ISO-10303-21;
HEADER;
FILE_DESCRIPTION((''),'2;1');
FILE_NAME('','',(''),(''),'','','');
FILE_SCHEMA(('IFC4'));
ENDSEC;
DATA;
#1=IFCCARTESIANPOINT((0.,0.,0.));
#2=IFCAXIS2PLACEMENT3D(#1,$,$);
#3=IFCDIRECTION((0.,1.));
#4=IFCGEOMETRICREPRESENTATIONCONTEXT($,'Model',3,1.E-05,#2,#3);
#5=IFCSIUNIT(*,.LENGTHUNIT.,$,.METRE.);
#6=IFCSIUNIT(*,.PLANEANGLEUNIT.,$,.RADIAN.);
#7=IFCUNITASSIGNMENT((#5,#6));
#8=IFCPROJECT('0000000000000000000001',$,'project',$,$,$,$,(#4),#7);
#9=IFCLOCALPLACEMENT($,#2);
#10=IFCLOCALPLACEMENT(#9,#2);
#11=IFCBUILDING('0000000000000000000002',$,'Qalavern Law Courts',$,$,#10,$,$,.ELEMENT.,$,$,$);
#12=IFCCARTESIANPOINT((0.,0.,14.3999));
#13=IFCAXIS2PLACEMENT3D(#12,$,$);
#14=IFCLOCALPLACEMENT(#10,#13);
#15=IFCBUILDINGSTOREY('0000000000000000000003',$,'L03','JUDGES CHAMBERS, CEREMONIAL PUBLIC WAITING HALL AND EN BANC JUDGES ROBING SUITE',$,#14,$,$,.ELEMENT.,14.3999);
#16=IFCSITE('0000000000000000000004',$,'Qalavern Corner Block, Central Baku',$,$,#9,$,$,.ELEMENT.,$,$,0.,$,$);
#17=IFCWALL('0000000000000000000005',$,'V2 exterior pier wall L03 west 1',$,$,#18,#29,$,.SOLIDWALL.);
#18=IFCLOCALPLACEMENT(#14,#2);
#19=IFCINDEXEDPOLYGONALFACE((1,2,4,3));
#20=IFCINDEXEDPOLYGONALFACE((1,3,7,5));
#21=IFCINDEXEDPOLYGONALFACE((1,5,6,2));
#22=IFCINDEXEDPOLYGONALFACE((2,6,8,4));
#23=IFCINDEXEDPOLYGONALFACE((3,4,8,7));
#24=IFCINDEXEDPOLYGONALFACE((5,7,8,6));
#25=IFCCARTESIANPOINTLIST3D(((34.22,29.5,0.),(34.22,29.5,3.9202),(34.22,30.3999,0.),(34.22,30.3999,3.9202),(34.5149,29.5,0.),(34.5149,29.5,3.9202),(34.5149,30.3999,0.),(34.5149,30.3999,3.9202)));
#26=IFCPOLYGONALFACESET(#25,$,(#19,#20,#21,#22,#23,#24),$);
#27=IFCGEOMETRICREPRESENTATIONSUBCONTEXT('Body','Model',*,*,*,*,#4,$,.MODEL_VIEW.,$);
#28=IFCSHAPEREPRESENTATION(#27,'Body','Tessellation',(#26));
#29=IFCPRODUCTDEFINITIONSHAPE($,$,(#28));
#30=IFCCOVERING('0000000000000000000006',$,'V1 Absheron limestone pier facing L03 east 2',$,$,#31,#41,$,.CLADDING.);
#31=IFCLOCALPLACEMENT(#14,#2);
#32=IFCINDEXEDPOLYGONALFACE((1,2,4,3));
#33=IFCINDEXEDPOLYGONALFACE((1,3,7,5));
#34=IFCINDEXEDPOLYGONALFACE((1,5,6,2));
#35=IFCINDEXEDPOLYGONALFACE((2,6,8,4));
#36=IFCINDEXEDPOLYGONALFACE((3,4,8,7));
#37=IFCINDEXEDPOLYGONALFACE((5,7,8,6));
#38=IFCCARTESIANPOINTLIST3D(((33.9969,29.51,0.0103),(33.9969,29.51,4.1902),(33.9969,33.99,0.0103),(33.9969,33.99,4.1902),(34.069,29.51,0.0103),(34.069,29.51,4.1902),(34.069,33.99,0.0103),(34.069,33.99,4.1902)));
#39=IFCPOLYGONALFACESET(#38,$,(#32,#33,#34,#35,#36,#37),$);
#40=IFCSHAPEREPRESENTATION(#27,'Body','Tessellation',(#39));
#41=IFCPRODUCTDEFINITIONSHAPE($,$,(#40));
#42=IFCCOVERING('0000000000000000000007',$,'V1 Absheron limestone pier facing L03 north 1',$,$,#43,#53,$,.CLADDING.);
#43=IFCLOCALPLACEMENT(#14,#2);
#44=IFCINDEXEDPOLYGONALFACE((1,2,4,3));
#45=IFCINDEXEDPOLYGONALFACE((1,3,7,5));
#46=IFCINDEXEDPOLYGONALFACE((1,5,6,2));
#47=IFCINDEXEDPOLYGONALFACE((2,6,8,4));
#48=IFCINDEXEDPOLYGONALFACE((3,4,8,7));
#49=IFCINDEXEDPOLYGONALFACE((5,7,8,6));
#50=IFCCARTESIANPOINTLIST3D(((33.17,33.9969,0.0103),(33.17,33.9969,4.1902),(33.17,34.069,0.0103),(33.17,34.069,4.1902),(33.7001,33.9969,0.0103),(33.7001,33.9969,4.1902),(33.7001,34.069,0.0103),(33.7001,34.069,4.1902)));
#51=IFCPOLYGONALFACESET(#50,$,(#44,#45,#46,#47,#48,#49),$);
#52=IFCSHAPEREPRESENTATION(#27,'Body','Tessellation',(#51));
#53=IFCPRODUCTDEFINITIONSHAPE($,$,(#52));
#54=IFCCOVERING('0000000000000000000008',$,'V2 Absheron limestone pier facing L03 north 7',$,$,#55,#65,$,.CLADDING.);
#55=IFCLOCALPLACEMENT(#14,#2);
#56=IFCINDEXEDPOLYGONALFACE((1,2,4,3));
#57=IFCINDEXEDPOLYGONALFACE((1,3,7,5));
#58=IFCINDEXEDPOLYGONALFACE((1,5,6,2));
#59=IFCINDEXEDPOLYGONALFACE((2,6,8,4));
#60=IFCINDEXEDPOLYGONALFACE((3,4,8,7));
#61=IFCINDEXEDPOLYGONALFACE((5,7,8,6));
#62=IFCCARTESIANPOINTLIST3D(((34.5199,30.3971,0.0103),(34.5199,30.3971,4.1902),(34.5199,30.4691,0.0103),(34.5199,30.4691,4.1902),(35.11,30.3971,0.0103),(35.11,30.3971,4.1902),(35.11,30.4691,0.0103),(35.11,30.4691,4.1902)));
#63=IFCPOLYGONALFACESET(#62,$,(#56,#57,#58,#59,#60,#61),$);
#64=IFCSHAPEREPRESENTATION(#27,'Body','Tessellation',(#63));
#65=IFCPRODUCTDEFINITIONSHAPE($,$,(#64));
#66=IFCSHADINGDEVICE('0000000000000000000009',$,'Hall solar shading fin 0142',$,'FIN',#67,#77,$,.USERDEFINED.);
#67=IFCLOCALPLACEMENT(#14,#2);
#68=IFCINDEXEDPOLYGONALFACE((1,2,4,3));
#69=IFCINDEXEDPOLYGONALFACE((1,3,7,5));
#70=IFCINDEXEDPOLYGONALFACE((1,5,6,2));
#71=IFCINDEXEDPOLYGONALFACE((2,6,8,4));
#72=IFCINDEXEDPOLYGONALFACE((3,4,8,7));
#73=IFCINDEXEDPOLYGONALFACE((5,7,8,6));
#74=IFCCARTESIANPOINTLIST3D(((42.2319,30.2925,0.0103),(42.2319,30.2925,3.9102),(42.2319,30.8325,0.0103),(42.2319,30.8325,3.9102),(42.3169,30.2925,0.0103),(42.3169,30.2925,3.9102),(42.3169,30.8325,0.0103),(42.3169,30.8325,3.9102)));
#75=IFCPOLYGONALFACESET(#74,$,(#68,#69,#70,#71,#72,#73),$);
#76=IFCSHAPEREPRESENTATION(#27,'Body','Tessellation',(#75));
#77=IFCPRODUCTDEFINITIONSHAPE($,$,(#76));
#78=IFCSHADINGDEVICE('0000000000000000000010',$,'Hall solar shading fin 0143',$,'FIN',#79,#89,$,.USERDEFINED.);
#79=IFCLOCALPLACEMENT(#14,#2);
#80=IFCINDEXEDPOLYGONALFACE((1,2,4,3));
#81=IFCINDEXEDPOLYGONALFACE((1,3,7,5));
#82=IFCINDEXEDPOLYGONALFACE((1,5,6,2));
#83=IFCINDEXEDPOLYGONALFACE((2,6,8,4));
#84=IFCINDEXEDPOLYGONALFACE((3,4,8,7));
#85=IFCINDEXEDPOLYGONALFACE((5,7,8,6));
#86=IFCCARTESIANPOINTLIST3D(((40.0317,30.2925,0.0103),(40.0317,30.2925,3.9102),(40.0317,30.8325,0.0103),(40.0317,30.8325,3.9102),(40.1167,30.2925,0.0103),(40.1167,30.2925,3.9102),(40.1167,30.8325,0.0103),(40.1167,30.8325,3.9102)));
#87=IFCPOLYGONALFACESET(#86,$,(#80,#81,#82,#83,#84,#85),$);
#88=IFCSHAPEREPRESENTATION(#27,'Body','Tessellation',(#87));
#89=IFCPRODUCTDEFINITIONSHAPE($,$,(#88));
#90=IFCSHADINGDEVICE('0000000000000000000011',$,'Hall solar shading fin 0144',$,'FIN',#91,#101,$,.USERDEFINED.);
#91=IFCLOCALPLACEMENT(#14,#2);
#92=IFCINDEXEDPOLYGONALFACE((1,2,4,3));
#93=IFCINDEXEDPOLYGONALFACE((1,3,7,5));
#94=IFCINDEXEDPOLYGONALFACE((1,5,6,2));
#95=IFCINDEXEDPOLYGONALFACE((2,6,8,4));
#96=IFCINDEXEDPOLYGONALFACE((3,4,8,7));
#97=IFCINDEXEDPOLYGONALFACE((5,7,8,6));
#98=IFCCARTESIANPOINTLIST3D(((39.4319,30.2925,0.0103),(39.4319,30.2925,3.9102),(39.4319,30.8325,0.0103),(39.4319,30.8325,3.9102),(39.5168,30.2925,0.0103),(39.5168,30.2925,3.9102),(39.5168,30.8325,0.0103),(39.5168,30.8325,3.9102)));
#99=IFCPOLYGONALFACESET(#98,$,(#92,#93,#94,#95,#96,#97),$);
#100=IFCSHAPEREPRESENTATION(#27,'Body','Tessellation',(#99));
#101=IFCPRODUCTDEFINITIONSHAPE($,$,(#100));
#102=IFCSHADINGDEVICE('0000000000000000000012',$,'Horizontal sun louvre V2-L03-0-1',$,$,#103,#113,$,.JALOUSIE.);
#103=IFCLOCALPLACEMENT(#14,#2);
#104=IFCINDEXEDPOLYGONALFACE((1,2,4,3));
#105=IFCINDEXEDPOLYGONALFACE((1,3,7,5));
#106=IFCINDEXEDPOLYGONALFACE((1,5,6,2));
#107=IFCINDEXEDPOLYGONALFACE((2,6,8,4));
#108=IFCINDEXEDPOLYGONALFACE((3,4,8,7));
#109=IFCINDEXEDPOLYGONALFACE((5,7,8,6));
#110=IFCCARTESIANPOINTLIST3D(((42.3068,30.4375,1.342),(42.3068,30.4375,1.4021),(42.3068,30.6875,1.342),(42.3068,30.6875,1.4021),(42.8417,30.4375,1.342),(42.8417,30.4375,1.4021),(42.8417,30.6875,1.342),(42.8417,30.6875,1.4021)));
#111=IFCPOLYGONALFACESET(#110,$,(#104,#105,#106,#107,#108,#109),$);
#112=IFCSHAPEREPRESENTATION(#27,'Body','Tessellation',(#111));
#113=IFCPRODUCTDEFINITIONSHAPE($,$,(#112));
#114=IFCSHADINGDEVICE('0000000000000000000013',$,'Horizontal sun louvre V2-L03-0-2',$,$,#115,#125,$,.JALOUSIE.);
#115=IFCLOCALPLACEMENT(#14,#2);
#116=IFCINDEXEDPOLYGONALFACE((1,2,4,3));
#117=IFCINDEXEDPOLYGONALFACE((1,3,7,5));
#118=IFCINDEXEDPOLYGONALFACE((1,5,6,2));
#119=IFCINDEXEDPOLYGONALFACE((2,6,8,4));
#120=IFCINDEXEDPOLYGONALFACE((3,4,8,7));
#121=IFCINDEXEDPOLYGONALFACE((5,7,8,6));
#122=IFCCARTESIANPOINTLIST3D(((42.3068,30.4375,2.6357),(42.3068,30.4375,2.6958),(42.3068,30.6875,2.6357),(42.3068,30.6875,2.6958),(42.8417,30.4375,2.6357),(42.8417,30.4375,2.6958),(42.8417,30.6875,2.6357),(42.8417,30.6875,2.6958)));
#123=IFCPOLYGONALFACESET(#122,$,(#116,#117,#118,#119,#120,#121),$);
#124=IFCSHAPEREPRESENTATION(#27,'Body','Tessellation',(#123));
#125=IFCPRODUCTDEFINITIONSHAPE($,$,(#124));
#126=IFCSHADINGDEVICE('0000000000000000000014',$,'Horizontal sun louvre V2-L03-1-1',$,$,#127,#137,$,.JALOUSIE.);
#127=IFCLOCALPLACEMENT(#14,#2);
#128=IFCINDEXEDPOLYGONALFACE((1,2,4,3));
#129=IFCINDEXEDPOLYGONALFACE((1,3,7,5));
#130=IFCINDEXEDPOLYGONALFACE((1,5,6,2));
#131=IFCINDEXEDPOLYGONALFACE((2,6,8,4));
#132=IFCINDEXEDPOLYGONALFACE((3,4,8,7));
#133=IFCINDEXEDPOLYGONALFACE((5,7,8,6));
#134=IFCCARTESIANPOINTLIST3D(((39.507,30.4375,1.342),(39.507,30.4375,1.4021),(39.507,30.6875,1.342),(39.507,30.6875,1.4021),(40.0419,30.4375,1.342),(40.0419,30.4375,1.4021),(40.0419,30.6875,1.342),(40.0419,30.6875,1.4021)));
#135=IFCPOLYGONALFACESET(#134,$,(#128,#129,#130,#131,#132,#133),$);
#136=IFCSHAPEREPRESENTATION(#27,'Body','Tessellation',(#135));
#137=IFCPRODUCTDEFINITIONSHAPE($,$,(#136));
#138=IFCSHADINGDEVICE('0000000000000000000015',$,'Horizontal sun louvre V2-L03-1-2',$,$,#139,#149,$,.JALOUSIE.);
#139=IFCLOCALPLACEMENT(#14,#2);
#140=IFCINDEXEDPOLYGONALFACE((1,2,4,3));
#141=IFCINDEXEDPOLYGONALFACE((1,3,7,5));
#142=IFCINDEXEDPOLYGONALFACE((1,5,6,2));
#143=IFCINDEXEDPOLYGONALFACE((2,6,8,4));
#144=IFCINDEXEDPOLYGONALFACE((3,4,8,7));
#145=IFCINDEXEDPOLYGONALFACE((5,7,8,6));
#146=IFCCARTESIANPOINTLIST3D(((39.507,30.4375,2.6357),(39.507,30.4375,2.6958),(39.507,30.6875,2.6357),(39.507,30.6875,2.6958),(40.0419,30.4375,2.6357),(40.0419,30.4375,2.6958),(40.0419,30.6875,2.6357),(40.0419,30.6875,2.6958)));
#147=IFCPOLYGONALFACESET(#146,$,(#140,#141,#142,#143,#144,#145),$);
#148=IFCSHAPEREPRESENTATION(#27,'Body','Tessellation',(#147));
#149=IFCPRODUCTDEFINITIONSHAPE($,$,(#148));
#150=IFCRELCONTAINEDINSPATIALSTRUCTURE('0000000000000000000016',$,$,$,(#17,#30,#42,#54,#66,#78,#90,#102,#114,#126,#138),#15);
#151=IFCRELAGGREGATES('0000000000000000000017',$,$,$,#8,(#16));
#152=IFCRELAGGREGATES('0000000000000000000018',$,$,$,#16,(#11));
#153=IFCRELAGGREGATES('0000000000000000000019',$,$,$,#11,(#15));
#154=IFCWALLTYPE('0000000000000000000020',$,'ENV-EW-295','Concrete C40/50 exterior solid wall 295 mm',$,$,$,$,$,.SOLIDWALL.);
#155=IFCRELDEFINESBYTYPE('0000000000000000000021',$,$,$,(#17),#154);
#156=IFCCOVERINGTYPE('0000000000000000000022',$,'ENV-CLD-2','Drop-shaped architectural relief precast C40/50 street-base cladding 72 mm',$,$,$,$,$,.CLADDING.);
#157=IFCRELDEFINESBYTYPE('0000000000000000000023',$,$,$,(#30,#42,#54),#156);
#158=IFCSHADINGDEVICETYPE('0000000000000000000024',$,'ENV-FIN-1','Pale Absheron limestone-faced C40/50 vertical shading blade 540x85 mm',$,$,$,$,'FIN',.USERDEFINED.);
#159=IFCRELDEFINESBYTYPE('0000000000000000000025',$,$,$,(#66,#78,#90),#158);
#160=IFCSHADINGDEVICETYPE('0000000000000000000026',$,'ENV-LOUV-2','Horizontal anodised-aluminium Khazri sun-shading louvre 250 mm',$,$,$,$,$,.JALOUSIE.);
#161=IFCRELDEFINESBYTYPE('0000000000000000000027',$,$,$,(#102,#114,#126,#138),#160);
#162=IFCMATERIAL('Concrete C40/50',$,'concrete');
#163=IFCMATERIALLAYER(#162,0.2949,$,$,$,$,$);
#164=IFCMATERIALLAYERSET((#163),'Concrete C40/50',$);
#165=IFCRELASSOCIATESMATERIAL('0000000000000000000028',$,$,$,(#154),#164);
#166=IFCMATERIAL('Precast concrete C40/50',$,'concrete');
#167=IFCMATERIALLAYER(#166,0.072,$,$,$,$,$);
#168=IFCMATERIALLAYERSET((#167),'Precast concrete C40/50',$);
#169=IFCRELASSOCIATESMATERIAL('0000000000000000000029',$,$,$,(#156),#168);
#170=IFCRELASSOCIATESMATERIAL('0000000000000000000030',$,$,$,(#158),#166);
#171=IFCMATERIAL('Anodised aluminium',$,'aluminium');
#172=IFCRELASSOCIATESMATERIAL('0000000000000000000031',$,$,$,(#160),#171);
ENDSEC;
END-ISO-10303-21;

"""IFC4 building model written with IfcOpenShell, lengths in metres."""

from ifc_helpers import new_model, si_unit, direction, frame, frame_2d, origin, origin_2d, place, context, subcontext, project, spatial, rectangle, extrude, material, layer, layer_set, type_object, element, save


model = new_model("IFC4")

# Units and contexts
model_context = context("Model", 3, precision=1e-05, world=origin(), true_north=direction((0.0, 1.0)))
body_context = subcontext(model_context, "Body", "Model", "MODEL_VIEW")
ifc_project = project(units=[si_unit("LENGTHUNIT", "METRE"), si_unit("PLANEANGLEUNIT", "RADIAN")], contexts=[model_context])

# Site, building, storey
site_placement = place(None, origin())
site = spatial("IfcSite", under=ifc_project, at=site_placement, Name="Qalavern Corner Block, Central Baku", CompositionType="ELEMENT", RefElevation=0.0)
building_placement = place(site_placement, origin())
building = spatial("IfcBuilding", under=site, at=building_placement, Name="Qalavern Law Courts", CompositionType="ELEMENT")
storey_placement = place(building_placement, frame((0.0, 0.0, 14.3999)))
storey = spatial("IfcBuildingStorey", under=building, at=storey_placement, Name="L03", Description="JUDGES CHAMBERS, CEREMONIAL PUBLIC WAITING HALL AND EN BANC JUDGES ROBING SUITE", CompositionType="ELEMENT", Elevation=14.3999)

# Shared definitions
ifc_material_1 = material(Name="Anodised aluminium", Category="aluminium")

# Wall
ifc_material_2 = material(Name="Concrete C40/50", Category="concrete")
ifc_layer_1 = layer(ifc_material_2, 0.2949)
ifc_layer_set_1 = layer_set([ifc_layer_1], Name="Concrete C40/50")
wall_type = type_object("IfcWallType", Name="ENV-EW-295", Description="Concrete C40/50 exterior solid wall 295 mm", PredefinedType="SOLIDWALL", material=ifc_layer_set_1)
wall_1_placement = place(storey_placement, frame((34.3674, 30.3999, 0.0), z_axis=(0.0, 0.0, 1.0), x_axis=(0.0, -1.0, 0.0)))
element("IfcWall", 1, at=wall_1_placement, inside=storey, type_object=wall_type, Name="V2 exterior pier wall L03 west 1", PredefinedType="SOLIDWALL", context=body_context, shape_type="SweptSolid", body=[
    extrude(rectangle(XDim=0.8999, YDim=0.2949, at=frame_2d((0.45, 0.0))), origin(), (0.0, 0.0, 1.0), 3.9202),
])

# Coverings
ifc_material_3 = material(Name="Precast concrete C40/50", Category="concrete")
ifc_layer_2 = layer(ifc_material_3, 0.072)
ifc_layer_set_2 = layer_set([ifc_layer_2], Name="Precast concrete C40/50")
covering_type = type_object("IfcCoveringType", Name="ENV-CLD-2", Description="Drop-shaped architectural relief precast C40/50 street-base cladding 72 mm", PredefinedType="CLADDING", material=ifc_layer_set_2)
covering_1_placement = place(storey_placement, frame((34.033, 31.75, 0.0103), z_axis=(0.0, 0.0, 1.0), x_axis=(0.0, 1.0, 0.0)))
element("IfcCovering", 2, at=covering_1_placement, inside=storey, type_object=covering_type, Name="V1 Absheron limestone pier facing L03 east 2", PredefinedType="CLADDING", context=body_context, shape_type="SweptSolid", body=[
    extrude(rectangle(XDim=4.48, YDim=0.072, at=origin_2d()), origin(), (0.0, 0.0, 1.0), 4.1799),
])
covering_2_placement = place(storey_placement, frame((33.4351, 34.033, 0.0103), z_axis=(0.0, 0.0, 1.0), x_axis=(-1.0, 0.0, 0.0)))
element("IfcCovering", 3, at=covering_2_placement, inside=storey, type_object=covering_type, Name="V1 Absheron limestone pier facing L03 north 1", PredefinedType="CLADDING", context=body_context, shape_type="SweptSolid", body=[
    extrude(rectangle(XDim=0.53, YDim=0.072, at=origin_2d()), origin(), (0.0, 0.0, 1.0), 4.1799),
])
covering_3_placement = place(storey_placement, frame((34.8149, 30.4331, 0.0103), z_axis=(0.0, 0.0, 1.0), x_axis=(-1.0, 0.0, 0.0)))
element("IfcCovering", 4, at=covering_3_placement, inside=storey, type_object=covering_type, Name="V2 Absheron limestone pier facing L03 north 7", PredefinedType="CLADDING", context=body_context, shape_type="SweptSolid", body=[
    extrude(rectangle(XDim=0.5901, YDim=0.072, at=origin_2d()), origin(), (0.0, 0.0, 1.0), 4.1799),
])

# Shading devices
shading_device_type_1 = type_object("IfcShadingDeviceType", Name="ENV-FIN-1", Description="Pale Absheron limestone-faced C40/50 vertical shading blade 540x85 mm", ElementType="FIN", PredefinedType="USERDEFINED", material=ifc_material_3)
for number, where, z_axis, x_axis, name in (
    (5, (42.2744, 30.5625, 0.0103), (0.0, 0.0, 1.0), (0.0, 1.0, 0.0), "Hall solar shading fin 0142"),
    (6, (40.0742, 30.5625, 0.0103), (0.0, 0.0, 1.0), (0.0, 1.0, 0.0), "Hall solar shading fin 0143"),
    (7, (39.4744, 30.5625, 0.0103), (0.0, 0.0, 1.0), (0.0, 1.0, 0.0), "Hall solar shading fin 0144"),
):
    element("IfcShadingDevice", number, at=place(storey_placement, frame(where, z_axis=z_axis, x_axis=x_axis)), inside=storey, type_object=shading_device_type_1, Name=name, ObjectType="FIN", PredefinedType="USERDEFINED", context=body_context, shape_type="SweptSolid", body=[
        extrude(rectangle(XDim=0.54, YDim=0.085, at=origin_2d()), origin(), (0.0, 0.0, 1.0), 3.8999),
    ])
shading_device_type_2 = type_object("IfcShadingDeviceType", Name="ENV-LOUV-2", Description="Horizontal anodised-aluminium Khazri sun-shading louvre 250 mm", PredefinedType="JALOUSIE", material=ifc_material_1)
for number, where, z_axis, x_axis, name in (
    (8, (42.5742, 30.5625, 1.342), (0.0, 0.0, 1.0), (-1.0, 0.0, 0.0), "Horizontal sun louvre V2-L03-0-1"),
    (9, (42.5742, 30.5625, 2.6357), (0.0, 0.0, 1.0), (-1.0, 0.0, 0.0), "Horizontal sun louvre V2-L03-0-2"),
    (10, (39.7744, 30.5625, 1.342), (0.0, 0.0, 1.0), (-1.0, 0.0, 0.0), "Horizontal sun louvre V2-L03-1-1"),
    (11, (39.7744, 30.5625, 2.6357), (0.0, 0.0, 1.0), (-1.0, 0.0, 0.0), "Horizontal sun louvre V2-L03-1-2"),
):
    element("IfcShadingDevice", number, at=place(storey_placement, frame(where, z_axis=z_axis, x_axis=x_axis)), inside=storey, type_object=shading_device_type_2, Name=name, PredefinedType="JALOUSIE", context=body_context, shape_type="SweptSolid", body=[
        extrude(rectangle(XDim=0.5349, YDim=0.25, at=origin_2d()), origin(), (0.0, 0.0, 1.0), 0.0601),
    ])

save(model, "model.ifc")
